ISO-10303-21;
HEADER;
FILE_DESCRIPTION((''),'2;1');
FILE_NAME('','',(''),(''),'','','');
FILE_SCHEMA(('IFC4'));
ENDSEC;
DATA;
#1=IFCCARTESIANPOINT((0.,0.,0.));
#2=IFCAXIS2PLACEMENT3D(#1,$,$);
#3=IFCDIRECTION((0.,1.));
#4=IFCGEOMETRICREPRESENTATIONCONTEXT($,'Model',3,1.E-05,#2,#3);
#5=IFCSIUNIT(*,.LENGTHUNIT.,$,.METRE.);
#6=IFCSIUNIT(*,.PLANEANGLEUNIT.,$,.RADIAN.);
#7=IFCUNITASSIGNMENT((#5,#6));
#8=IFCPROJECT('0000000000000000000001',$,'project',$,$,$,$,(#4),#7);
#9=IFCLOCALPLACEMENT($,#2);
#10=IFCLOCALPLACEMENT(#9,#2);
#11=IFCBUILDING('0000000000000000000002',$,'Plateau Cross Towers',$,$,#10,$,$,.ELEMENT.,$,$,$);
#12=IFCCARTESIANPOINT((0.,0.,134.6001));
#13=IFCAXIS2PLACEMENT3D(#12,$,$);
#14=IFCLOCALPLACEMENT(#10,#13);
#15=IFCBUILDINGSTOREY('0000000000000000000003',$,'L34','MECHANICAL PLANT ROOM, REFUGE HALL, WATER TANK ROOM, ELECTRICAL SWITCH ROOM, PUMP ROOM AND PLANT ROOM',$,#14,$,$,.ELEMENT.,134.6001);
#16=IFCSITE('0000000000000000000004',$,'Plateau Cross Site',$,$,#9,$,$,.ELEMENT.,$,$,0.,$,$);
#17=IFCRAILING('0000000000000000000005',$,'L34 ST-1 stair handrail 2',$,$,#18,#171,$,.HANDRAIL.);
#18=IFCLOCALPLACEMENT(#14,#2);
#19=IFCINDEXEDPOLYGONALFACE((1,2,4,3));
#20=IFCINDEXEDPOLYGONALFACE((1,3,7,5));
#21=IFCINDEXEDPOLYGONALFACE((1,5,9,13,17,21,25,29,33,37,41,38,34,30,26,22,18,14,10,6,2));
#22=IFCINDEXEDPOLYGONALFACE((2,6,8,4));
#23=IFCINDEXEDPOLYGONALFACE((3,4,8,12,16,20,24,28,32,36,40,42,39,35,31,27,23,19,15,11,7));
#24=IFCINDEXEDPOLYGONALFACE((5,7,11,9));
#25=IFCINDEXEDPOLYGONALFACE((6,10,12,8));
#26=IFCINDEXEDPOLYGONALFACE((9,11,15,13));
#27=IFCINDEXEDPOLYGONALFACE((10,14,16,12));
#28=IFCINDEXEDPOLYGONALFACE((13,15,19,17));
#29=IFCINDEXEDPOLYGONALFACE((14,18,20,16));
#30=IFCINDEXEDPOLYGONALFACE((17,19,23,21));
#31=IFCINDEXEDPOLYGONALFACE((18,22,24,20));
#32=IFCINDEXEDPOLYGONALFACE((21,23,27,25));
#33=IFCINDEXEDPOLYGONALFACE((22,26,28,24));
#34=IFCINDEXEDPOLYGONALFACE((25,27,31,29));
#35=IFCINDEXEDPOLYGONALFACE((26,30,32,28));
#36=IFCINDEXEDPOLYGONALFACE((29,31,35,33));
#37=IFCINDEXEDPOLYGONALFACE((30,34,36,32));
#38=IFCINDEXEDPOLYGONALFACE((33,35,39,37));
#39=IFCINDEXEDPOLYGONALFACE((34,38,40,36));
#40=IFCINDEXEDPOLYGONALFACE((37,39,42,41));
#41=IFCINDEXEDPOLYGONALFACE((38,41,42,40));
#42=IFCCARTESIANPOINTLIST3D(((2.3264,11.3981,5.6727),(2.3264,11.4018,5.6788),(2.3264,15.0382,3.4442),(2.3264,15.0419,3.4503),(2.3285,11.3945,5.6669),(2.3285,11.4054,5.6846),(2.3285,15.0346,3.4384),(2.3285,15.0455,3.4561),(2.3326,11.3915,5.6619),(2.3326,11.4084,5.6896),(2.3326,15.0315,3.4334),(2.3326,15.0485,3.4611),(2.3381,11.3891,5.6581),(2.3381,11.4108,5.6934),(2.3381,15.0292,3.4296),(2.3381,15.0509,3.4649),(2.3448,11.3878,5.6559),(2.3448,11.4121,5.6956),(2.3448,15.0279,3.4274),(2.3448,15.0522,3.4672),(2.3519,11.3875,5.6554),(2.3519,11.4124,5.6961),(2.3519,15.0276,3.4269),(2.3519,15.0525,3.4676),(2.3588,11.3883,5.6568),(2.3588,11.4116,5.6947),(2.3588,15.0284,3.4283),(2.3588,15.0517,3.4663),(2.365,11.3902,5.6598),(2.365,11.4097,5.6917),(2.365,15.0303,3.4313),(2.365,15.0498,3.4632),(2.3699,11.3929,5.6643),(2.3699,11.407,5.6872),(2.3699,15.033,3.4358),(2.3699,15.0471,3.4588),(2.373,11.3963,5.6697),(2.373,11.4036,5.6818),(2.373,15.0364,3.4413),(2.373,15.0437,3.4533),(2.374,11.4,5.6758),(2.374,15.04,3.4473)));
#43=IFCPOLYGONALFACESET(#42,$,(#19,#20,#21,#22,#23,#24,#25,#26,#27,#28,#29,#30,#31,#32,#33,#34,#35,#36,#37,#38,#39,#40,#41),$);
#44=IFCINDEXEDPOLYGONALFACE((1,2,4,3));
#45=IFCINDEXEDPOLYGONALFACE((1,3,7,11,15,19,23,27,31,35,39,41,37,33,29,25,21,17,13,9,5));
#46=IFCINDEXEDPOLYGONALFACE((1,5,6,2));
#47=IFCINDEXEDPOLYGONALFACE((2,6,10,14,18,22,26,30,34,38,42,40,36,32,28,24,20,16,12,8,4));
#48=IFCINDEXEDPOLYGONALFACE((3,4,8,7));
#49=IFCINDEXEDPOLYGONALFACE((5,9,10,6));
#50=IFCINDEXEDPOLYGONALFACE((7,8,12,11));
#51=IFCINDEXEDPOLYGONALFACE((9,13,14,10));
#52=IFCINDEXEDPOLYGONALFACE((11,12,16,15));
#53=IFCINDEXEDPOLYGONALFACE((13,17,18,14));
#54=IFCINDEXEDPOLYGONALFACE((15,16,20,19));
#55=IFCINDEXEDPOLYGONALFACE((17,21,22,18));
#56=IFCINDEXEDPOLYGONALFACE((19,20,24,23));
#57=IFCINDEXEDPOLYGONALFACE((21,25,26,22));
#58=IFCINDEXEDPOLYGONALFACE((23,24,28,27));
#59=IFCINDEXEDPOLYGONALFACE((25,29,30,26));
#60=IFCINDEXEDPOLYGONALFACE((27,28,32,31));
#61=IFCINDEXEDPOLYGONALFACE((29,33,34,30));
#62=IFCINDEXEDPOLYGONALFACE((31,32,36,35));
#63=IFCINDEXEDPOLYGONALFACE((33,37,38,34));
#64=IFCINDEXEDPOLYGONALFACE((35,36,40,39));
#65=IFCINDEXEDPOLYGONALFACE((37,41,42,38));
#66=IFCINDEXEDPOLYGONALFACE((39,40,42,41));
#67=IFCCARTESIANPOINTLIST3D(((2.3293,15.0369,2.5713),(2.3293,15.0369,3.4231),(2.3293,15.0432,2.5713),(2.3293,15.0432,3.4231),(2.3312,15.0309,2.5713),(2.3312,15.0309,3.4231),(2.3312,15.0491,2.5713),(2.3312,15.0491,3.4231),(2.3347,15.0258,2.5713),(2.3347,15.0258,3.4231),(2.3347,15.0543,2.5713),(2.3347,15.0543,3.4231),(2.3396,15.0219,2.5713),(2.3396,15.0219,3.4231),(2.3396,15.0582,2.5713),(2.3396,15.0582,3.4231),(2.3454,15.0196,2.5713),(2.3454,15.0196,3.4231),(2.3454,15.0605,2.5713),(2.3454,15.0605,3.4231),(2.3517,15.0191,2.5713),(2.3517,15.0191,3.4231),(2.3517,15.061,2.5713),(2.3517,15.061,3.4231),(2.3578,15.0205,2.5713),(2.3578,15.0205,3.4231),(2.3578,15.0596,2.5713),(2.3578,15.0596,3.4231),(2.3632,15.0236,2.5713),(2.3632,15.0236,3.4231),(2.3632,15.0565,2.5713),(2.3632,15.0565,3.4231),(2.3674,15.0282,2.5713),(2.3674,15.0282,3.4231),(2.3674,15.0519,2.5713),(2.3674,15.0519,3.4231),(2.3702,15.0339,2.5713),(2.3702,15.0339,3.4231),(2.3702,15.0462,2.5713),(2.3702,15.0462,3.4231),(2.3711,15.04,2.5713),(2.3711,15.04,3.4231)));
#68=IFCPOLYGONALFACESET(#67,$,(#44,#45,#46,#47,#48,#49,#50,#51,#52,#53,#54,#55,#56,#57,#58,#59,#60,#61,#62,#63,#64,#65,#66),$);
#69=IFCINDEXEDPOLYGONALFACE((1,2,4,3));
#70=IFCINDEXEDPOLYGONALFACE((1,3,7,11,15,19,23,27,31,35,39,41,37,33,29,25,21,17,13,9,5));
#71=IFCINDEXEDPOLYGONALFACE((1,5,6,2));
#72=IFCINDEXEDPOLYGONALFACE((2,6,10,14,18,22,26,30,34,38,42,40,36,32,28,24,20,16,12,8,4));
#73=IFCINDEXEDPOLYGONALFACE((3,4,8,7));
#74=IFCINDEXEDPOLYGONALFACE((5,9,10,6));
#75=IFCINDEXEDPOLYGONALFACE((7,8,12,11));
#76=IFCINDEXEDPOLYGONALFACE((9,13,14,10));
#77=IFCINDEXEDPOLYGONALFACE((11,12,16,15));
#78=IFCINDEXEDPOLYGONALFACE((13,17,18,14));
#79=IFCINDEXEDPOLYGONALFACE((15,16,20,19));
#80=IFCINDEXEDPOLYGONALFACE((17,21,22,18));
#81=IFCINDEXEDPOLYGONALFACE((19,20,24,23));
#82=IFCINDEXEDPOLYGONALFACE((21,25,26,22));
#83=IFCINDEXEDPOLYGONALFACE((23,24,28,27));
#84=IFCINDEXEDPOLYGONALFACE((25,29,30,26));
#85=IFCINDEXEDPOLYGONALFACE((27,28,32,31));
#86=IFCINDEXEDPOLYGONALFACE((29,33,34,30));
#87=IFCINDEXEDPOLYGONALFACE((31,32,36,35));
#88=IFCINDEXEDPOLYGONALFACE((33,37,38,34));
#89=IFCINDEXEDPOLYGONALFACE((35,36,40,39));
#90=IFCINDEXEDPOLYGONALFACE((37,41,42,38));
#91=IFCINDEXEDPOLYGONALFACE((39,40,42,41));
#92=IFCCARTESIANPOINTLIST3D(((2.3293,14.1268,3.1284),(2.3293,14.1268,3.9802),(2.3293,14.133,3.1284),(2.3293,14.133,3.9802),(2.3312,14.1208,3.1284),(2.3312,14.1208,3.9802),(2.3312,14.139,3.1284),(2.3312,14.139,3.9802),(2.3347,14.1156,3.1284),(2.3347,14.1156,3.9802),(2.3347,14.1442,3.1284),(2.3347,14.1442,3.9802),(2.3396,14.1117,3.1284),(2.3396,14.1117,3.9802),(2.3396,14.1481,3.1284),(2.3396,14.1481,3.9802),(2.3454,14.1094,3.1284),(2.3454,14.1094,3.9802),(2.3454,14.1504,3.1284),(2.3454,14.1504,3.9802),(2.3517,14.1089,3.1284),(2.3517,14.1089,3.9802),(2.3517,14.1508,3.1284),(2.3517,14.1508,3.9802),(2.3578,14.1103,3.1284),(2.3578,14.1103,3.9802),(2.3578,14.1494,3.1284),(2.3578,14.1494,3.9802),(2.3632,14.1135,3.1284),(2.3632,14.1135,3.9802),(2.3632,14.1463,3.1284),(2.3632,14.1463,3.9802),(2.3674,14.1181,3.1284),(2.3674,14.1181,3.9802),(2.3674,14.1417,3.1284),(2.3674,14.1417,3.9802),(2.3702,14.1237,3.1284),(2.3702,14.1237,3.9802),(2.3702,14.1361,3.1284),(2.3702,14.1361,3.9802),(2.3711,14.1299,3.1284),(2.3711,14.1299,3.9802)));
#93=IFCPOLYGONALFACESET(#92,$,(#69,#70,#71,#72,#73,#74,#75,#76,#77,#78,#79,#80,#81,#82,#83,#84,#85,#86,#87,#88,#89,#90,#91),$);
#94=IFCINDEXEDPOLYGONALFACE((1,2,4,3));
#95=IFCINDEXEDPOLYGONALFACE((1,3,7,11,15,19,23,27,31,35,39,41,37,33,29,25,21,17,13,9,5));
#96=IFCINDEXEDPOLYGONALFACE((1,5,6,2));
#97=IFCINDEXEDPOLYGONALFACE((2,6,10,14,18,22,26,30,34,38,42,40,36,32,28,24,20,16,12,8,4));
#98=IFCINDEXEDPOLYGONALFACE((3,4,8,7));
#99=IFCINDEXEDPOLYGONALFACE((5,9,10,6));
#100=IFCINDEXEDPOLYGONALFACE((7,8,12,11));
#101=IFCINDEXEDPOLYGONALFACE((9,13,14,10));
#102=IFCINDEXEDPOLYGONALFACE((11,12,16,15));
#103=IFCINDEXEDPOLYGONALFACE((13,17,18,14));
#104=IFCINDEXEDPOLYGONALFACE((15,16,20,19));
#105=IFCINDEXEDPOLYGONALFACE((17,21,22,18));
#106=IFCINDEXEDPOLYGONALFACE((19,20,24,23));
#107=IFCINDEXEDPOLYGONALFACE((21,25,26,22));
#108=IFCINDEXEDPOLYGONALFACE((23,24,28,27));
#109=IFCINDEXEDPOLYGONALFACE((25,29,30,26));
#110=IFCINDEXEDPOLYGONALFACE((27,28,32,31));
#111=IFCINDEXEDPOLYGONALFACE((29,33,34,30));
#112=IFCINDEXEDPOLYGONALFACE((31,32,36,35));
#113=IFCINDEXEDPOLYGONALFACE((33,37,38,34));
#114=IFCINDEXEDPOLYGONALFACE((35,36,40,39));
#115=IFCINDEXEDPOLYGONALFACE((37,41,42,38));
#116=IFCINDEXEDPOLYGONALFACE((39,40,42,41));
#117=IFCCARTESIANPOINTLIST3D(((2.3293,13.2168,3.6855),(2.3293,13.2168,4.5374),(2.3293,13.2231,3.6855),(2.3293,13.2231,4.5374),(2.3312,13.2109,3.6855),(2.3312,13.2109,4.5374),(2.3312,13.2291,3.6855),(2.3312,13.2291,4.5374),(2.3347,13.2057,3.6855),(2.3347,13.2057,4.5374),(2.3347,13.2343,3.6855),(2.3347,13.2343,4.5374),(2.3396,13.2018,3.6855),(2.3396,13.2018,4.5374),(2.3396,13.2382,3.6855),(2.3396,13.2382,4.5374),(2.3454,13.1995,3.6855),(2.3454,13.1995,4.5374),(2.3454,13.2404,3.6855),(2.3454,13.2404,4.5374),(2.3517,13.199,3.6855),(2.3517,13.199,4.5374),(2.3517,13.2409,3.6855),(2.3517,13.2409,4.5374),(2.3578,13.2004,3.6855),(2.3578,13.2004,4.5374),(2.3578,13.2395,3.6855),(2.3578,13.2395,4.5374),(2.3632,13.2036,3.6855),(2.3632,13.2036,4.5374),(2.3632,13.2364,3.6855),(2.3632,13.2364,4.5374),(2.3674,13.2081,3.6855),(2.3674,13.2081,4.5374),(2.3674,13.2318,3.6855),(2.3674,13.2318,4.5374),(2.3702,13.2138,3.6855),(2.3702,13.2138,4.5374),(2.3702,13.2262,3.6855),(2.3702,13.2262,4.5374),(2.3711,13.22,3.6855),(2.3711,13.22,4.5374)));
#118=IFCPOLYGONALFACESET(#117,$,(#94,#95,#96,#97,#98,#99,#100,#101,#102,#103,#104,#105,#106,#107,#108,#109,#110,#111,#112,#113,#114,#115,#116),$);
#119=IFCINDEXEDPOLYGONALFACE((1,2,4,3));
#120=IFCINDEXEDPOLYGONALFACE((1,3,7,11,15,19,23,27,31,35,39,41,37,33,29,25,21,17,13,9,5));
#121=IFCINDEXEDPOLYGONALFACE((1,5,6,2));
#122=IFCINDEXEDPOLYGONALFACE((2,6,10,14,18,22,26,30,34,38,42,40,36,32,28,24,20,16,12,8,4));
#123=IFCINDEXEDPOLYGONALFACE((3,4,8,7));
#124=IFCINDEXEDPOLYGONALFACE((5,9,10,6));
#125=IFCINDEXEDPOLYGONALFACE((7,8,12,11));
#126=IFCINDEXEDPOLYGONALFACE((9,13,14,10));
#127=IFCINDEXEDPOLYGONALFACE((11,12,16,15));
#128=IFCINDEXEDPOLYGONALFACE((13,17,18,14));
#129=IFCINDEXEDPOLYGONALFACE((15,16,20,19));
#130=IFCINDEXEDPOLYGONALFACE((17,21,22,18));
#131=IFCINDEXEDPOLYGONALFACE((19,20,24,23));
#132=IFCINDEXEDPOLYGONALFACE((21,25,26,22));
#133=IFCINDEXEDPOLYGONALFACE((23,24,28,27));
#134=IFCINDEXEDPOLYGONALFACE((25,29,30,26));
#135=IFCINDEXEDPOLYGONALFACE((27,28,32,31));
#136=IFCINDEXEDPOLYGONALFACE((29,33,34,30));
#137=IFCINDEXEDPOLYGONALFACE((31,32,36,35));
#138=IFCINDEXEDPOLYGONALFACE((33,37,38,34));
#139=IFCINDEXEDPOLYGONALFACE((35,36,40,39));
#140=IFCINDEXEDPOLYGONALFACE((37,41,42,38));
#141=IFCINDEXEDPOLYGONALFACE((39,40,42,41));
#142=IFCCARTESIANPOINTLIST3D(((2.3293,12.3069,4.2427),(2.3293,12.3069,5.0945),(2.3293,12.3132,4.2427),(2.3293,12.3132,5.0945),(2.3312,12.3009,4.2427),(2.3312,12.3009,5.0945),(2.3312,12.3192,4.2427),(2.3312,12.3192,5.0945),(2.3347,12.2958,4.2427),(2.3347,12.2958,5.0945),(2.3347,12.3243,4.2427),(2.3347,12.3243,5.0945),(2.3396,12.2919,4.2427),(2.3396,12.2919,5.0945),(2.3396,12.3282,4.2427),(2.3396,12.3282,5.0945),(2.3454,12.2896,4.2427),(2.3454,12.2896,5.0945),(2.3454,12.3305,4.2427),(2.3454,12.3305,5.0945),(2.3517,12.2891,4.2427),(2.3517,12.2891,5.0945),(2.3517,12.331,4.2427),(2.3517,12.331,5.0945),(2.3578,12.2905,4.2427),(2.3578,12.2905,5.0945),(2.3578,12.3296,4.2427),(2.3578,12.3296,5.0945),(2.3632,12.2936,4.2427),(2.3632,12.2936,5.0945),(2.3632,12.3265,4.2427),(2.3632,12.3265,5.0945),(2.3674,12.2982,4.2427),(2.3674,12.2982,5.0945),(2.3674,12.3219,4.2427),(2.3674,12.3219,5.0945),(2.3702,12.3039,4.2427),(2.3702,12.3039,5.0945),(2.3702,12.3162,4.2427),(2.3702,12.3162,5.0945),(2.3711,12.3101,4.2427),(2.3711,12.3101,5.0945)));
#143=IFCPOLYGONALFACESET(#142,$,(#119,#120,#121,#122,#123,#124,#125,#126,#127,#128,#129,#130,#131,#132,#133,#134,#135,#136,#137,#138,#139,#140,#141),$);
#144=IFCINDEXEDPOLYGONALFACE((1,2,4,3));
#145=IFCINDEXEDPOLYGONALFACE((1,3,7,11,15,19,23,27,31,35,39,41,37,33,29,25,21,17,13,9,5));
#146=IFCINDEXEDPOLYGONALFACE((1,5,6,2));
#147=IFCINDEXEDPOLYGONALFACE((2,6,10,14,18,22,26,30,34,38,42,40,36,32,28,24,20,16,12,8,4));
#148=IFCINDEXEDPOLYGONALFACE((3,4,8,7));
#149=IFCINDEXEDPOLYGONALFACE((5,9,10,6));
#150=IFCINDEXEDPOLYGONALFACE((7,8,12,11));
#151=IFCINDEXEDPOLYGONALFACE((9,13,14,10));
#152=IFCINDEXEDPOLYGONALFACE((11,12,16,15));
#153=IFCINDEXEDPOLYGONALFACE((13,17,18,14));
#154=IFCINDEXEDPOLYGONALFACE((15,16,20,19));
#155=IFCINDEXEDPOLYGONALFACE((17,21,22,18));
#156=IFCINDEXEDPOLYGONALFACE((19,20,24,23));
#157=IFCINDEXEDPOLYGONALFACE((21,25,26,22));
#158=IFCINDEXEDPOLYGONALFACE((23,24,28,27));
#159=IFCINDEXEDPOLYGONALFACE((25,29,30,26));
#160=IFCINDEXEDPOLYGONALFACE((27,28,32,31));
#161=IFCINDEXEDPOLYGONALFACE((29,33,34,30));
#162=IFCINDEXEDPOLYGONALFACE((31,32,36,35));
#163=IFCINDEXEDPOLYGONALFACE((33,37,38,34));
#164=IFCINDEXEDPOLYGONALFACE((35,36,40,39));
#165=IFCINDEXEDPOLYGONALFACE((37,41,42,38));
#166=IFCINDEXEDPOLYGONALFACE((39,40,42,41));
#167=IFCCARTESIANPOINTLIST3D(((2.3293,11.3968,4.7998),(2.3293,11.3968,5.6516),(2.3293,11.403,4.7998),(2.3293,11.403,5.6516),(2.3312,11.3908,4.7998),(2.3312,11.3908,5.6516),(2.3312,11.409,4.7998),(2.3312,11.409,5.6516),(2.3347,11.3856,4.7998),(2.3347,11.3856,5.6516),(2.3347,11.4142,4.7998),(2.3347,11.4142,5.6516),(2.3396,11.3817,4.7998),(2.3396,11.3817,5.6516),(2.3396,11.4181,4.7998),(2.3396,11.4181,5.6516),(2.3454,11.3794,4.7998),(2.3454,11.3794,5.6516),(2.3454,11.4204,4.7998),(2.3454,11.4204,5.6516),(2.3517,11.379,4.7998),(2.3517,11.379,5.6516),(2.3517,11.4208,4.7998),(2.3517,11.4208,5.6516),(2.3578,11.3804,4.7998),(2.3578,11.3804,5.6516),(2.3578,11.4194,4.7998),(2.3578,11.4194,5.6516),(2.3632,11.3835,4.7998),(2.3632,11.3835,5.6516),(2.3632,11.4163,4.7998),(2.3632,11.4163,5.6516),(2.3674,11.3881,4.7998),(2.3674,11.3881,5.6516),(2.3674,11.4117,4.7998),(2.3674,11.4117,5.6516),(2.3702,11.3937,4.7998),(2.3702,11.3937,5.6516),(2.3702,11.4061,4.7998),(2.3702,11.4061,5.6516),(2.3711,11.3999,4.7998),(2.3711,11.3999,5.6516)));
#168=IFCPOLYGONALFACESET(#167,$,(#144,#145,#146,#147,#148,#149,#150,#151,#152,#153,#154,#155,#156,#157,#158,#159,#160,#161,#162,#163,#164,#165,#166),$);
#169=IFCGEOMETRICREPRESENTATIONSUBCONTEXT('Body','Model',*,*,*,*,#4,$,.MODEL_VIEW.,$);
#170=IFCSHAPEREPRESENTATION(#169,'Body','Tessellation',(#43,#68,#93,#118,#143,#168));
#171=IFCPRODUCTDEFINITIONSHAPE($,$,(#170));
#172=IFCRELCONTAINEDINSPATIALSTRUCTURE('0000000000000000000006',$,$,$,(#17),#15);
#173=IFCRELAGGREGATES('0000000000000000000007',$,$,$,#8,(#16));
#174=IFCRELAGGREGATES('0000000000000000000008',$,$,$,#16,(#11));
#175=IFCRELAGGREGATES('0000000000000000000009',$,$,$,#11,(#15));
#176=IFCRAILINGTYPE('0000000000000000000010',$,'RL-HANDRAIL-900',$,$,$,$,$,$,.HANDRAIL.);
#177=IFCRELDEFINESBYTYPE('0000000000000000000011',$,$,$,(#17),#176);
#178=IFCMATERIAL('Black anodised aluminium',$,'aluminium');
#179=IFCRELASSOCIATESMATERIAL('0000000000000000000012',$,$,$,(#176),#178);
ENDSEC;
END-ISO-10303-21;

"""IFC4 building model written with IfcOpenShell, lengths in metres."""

from ifc_helpers import new_model, si_unit, direction, frame, origin, origin_2d, place, context, subcontext, project, spatial, circle, extrude, material, type_object, element, save


model = new_model("IFC4")

# Units and contexts
model_context = context("Model", 3, precision=1e-05, world=origin(), true_north=direction((0.0, 1.0)))
body_context = subcontext(model_context, "Body", "Model", "MODEL_VIEW")
ifc_project = project(units=[si_unit("LENGTHUNIT", "METRE"), si_unit("PLANEANGLEUNIT", "RADIAN")], contexts=[model_context])

# Site, building, storey
site_placement = place(None, origin())
site = spatial("IfcSite", under=ifc_project, at=site_placement, Name="Plateau Cross Site", CompositionType="ELEMENT", RefElevation=0.0)
building_placement = place(site_placement, origin())
building = spatial("IfcBuilding", under=site, at=building_placement, Name="Plateau Cross Towers", CompositionType="ELEMENT")
storey_placement = place(building_placement, frame((0.0, 0.0, 134.6001)))
storey = spatial("IfcBuildingStorey", under=building, at=storey_placement, Name="L34", Description="MECHANICAL PLANT ROOM, REFUGE HALL, WATER TANK ROOM, ELECTRICAL SWITCH ROOM, PUMP ROOM AND PLANT ROOM", CompositionType="ELEMENT", Elevation=134.6001)

# Shared definitions
ifc_material_1 = material(Name="Black anodised aluminium", Category="aluminium")

# Railing
railing_type_1 = type_object("IfcRailingType", Name="RL-HANDRAIL-900", PredefinedType="HANDRAIL", material=ifc_material_1)
railing_1_placement = place(storey_placement, frame((2.3501, 15.04, 2.5713)))
element("IfcRailing", 1, at=railing_1_placement, inside=storey, type_object=railing_type_1, Name="L34 ST-1 stair handrail 2", PredefinedType="HANDRAIL", context=body_context, shape_type="SweptSolid", body=[
    extrude(circle(Radius=0.0239, at=origin_2d()), frame((0.0, 0.0, 0.876), z_axis=(0.0, -0.852866, 0.52213), x_axis=(1.0, 0.0, 0.0)), (0.0, 0.0, 1.0), 4.2681),
    extrude(circle(Radius=0.021, at=origin_2d()), origin(), (0.0, 0.0, 1.0), 0.8518),
    extrude(circle(Radius=0.021, at=origin_2d()), frame((0.0, -0.9102, 0.5571)), (0.0, 0.0, 1.0), 0.8518),
    extrude(circle(Radius=0.021, at=origin_2d()), frame((0.0, -1.8201, 1.1143)), (0.0, 0.0, 1.0), 0.8518),
    extrude(circle(Radius=0.021, at=origin_2d()), frame((0.0, -2.73, 1.6714)), (0.0, 0.0, 1.0), 0.8518),
    extrude(circle(Radius=0.021, at=origin_2d()), frame((0.0, -3.6401, 2.2285)), (0.0, 0.0, 1.0), 0.8518),
])

save(model, "model.ifc")
